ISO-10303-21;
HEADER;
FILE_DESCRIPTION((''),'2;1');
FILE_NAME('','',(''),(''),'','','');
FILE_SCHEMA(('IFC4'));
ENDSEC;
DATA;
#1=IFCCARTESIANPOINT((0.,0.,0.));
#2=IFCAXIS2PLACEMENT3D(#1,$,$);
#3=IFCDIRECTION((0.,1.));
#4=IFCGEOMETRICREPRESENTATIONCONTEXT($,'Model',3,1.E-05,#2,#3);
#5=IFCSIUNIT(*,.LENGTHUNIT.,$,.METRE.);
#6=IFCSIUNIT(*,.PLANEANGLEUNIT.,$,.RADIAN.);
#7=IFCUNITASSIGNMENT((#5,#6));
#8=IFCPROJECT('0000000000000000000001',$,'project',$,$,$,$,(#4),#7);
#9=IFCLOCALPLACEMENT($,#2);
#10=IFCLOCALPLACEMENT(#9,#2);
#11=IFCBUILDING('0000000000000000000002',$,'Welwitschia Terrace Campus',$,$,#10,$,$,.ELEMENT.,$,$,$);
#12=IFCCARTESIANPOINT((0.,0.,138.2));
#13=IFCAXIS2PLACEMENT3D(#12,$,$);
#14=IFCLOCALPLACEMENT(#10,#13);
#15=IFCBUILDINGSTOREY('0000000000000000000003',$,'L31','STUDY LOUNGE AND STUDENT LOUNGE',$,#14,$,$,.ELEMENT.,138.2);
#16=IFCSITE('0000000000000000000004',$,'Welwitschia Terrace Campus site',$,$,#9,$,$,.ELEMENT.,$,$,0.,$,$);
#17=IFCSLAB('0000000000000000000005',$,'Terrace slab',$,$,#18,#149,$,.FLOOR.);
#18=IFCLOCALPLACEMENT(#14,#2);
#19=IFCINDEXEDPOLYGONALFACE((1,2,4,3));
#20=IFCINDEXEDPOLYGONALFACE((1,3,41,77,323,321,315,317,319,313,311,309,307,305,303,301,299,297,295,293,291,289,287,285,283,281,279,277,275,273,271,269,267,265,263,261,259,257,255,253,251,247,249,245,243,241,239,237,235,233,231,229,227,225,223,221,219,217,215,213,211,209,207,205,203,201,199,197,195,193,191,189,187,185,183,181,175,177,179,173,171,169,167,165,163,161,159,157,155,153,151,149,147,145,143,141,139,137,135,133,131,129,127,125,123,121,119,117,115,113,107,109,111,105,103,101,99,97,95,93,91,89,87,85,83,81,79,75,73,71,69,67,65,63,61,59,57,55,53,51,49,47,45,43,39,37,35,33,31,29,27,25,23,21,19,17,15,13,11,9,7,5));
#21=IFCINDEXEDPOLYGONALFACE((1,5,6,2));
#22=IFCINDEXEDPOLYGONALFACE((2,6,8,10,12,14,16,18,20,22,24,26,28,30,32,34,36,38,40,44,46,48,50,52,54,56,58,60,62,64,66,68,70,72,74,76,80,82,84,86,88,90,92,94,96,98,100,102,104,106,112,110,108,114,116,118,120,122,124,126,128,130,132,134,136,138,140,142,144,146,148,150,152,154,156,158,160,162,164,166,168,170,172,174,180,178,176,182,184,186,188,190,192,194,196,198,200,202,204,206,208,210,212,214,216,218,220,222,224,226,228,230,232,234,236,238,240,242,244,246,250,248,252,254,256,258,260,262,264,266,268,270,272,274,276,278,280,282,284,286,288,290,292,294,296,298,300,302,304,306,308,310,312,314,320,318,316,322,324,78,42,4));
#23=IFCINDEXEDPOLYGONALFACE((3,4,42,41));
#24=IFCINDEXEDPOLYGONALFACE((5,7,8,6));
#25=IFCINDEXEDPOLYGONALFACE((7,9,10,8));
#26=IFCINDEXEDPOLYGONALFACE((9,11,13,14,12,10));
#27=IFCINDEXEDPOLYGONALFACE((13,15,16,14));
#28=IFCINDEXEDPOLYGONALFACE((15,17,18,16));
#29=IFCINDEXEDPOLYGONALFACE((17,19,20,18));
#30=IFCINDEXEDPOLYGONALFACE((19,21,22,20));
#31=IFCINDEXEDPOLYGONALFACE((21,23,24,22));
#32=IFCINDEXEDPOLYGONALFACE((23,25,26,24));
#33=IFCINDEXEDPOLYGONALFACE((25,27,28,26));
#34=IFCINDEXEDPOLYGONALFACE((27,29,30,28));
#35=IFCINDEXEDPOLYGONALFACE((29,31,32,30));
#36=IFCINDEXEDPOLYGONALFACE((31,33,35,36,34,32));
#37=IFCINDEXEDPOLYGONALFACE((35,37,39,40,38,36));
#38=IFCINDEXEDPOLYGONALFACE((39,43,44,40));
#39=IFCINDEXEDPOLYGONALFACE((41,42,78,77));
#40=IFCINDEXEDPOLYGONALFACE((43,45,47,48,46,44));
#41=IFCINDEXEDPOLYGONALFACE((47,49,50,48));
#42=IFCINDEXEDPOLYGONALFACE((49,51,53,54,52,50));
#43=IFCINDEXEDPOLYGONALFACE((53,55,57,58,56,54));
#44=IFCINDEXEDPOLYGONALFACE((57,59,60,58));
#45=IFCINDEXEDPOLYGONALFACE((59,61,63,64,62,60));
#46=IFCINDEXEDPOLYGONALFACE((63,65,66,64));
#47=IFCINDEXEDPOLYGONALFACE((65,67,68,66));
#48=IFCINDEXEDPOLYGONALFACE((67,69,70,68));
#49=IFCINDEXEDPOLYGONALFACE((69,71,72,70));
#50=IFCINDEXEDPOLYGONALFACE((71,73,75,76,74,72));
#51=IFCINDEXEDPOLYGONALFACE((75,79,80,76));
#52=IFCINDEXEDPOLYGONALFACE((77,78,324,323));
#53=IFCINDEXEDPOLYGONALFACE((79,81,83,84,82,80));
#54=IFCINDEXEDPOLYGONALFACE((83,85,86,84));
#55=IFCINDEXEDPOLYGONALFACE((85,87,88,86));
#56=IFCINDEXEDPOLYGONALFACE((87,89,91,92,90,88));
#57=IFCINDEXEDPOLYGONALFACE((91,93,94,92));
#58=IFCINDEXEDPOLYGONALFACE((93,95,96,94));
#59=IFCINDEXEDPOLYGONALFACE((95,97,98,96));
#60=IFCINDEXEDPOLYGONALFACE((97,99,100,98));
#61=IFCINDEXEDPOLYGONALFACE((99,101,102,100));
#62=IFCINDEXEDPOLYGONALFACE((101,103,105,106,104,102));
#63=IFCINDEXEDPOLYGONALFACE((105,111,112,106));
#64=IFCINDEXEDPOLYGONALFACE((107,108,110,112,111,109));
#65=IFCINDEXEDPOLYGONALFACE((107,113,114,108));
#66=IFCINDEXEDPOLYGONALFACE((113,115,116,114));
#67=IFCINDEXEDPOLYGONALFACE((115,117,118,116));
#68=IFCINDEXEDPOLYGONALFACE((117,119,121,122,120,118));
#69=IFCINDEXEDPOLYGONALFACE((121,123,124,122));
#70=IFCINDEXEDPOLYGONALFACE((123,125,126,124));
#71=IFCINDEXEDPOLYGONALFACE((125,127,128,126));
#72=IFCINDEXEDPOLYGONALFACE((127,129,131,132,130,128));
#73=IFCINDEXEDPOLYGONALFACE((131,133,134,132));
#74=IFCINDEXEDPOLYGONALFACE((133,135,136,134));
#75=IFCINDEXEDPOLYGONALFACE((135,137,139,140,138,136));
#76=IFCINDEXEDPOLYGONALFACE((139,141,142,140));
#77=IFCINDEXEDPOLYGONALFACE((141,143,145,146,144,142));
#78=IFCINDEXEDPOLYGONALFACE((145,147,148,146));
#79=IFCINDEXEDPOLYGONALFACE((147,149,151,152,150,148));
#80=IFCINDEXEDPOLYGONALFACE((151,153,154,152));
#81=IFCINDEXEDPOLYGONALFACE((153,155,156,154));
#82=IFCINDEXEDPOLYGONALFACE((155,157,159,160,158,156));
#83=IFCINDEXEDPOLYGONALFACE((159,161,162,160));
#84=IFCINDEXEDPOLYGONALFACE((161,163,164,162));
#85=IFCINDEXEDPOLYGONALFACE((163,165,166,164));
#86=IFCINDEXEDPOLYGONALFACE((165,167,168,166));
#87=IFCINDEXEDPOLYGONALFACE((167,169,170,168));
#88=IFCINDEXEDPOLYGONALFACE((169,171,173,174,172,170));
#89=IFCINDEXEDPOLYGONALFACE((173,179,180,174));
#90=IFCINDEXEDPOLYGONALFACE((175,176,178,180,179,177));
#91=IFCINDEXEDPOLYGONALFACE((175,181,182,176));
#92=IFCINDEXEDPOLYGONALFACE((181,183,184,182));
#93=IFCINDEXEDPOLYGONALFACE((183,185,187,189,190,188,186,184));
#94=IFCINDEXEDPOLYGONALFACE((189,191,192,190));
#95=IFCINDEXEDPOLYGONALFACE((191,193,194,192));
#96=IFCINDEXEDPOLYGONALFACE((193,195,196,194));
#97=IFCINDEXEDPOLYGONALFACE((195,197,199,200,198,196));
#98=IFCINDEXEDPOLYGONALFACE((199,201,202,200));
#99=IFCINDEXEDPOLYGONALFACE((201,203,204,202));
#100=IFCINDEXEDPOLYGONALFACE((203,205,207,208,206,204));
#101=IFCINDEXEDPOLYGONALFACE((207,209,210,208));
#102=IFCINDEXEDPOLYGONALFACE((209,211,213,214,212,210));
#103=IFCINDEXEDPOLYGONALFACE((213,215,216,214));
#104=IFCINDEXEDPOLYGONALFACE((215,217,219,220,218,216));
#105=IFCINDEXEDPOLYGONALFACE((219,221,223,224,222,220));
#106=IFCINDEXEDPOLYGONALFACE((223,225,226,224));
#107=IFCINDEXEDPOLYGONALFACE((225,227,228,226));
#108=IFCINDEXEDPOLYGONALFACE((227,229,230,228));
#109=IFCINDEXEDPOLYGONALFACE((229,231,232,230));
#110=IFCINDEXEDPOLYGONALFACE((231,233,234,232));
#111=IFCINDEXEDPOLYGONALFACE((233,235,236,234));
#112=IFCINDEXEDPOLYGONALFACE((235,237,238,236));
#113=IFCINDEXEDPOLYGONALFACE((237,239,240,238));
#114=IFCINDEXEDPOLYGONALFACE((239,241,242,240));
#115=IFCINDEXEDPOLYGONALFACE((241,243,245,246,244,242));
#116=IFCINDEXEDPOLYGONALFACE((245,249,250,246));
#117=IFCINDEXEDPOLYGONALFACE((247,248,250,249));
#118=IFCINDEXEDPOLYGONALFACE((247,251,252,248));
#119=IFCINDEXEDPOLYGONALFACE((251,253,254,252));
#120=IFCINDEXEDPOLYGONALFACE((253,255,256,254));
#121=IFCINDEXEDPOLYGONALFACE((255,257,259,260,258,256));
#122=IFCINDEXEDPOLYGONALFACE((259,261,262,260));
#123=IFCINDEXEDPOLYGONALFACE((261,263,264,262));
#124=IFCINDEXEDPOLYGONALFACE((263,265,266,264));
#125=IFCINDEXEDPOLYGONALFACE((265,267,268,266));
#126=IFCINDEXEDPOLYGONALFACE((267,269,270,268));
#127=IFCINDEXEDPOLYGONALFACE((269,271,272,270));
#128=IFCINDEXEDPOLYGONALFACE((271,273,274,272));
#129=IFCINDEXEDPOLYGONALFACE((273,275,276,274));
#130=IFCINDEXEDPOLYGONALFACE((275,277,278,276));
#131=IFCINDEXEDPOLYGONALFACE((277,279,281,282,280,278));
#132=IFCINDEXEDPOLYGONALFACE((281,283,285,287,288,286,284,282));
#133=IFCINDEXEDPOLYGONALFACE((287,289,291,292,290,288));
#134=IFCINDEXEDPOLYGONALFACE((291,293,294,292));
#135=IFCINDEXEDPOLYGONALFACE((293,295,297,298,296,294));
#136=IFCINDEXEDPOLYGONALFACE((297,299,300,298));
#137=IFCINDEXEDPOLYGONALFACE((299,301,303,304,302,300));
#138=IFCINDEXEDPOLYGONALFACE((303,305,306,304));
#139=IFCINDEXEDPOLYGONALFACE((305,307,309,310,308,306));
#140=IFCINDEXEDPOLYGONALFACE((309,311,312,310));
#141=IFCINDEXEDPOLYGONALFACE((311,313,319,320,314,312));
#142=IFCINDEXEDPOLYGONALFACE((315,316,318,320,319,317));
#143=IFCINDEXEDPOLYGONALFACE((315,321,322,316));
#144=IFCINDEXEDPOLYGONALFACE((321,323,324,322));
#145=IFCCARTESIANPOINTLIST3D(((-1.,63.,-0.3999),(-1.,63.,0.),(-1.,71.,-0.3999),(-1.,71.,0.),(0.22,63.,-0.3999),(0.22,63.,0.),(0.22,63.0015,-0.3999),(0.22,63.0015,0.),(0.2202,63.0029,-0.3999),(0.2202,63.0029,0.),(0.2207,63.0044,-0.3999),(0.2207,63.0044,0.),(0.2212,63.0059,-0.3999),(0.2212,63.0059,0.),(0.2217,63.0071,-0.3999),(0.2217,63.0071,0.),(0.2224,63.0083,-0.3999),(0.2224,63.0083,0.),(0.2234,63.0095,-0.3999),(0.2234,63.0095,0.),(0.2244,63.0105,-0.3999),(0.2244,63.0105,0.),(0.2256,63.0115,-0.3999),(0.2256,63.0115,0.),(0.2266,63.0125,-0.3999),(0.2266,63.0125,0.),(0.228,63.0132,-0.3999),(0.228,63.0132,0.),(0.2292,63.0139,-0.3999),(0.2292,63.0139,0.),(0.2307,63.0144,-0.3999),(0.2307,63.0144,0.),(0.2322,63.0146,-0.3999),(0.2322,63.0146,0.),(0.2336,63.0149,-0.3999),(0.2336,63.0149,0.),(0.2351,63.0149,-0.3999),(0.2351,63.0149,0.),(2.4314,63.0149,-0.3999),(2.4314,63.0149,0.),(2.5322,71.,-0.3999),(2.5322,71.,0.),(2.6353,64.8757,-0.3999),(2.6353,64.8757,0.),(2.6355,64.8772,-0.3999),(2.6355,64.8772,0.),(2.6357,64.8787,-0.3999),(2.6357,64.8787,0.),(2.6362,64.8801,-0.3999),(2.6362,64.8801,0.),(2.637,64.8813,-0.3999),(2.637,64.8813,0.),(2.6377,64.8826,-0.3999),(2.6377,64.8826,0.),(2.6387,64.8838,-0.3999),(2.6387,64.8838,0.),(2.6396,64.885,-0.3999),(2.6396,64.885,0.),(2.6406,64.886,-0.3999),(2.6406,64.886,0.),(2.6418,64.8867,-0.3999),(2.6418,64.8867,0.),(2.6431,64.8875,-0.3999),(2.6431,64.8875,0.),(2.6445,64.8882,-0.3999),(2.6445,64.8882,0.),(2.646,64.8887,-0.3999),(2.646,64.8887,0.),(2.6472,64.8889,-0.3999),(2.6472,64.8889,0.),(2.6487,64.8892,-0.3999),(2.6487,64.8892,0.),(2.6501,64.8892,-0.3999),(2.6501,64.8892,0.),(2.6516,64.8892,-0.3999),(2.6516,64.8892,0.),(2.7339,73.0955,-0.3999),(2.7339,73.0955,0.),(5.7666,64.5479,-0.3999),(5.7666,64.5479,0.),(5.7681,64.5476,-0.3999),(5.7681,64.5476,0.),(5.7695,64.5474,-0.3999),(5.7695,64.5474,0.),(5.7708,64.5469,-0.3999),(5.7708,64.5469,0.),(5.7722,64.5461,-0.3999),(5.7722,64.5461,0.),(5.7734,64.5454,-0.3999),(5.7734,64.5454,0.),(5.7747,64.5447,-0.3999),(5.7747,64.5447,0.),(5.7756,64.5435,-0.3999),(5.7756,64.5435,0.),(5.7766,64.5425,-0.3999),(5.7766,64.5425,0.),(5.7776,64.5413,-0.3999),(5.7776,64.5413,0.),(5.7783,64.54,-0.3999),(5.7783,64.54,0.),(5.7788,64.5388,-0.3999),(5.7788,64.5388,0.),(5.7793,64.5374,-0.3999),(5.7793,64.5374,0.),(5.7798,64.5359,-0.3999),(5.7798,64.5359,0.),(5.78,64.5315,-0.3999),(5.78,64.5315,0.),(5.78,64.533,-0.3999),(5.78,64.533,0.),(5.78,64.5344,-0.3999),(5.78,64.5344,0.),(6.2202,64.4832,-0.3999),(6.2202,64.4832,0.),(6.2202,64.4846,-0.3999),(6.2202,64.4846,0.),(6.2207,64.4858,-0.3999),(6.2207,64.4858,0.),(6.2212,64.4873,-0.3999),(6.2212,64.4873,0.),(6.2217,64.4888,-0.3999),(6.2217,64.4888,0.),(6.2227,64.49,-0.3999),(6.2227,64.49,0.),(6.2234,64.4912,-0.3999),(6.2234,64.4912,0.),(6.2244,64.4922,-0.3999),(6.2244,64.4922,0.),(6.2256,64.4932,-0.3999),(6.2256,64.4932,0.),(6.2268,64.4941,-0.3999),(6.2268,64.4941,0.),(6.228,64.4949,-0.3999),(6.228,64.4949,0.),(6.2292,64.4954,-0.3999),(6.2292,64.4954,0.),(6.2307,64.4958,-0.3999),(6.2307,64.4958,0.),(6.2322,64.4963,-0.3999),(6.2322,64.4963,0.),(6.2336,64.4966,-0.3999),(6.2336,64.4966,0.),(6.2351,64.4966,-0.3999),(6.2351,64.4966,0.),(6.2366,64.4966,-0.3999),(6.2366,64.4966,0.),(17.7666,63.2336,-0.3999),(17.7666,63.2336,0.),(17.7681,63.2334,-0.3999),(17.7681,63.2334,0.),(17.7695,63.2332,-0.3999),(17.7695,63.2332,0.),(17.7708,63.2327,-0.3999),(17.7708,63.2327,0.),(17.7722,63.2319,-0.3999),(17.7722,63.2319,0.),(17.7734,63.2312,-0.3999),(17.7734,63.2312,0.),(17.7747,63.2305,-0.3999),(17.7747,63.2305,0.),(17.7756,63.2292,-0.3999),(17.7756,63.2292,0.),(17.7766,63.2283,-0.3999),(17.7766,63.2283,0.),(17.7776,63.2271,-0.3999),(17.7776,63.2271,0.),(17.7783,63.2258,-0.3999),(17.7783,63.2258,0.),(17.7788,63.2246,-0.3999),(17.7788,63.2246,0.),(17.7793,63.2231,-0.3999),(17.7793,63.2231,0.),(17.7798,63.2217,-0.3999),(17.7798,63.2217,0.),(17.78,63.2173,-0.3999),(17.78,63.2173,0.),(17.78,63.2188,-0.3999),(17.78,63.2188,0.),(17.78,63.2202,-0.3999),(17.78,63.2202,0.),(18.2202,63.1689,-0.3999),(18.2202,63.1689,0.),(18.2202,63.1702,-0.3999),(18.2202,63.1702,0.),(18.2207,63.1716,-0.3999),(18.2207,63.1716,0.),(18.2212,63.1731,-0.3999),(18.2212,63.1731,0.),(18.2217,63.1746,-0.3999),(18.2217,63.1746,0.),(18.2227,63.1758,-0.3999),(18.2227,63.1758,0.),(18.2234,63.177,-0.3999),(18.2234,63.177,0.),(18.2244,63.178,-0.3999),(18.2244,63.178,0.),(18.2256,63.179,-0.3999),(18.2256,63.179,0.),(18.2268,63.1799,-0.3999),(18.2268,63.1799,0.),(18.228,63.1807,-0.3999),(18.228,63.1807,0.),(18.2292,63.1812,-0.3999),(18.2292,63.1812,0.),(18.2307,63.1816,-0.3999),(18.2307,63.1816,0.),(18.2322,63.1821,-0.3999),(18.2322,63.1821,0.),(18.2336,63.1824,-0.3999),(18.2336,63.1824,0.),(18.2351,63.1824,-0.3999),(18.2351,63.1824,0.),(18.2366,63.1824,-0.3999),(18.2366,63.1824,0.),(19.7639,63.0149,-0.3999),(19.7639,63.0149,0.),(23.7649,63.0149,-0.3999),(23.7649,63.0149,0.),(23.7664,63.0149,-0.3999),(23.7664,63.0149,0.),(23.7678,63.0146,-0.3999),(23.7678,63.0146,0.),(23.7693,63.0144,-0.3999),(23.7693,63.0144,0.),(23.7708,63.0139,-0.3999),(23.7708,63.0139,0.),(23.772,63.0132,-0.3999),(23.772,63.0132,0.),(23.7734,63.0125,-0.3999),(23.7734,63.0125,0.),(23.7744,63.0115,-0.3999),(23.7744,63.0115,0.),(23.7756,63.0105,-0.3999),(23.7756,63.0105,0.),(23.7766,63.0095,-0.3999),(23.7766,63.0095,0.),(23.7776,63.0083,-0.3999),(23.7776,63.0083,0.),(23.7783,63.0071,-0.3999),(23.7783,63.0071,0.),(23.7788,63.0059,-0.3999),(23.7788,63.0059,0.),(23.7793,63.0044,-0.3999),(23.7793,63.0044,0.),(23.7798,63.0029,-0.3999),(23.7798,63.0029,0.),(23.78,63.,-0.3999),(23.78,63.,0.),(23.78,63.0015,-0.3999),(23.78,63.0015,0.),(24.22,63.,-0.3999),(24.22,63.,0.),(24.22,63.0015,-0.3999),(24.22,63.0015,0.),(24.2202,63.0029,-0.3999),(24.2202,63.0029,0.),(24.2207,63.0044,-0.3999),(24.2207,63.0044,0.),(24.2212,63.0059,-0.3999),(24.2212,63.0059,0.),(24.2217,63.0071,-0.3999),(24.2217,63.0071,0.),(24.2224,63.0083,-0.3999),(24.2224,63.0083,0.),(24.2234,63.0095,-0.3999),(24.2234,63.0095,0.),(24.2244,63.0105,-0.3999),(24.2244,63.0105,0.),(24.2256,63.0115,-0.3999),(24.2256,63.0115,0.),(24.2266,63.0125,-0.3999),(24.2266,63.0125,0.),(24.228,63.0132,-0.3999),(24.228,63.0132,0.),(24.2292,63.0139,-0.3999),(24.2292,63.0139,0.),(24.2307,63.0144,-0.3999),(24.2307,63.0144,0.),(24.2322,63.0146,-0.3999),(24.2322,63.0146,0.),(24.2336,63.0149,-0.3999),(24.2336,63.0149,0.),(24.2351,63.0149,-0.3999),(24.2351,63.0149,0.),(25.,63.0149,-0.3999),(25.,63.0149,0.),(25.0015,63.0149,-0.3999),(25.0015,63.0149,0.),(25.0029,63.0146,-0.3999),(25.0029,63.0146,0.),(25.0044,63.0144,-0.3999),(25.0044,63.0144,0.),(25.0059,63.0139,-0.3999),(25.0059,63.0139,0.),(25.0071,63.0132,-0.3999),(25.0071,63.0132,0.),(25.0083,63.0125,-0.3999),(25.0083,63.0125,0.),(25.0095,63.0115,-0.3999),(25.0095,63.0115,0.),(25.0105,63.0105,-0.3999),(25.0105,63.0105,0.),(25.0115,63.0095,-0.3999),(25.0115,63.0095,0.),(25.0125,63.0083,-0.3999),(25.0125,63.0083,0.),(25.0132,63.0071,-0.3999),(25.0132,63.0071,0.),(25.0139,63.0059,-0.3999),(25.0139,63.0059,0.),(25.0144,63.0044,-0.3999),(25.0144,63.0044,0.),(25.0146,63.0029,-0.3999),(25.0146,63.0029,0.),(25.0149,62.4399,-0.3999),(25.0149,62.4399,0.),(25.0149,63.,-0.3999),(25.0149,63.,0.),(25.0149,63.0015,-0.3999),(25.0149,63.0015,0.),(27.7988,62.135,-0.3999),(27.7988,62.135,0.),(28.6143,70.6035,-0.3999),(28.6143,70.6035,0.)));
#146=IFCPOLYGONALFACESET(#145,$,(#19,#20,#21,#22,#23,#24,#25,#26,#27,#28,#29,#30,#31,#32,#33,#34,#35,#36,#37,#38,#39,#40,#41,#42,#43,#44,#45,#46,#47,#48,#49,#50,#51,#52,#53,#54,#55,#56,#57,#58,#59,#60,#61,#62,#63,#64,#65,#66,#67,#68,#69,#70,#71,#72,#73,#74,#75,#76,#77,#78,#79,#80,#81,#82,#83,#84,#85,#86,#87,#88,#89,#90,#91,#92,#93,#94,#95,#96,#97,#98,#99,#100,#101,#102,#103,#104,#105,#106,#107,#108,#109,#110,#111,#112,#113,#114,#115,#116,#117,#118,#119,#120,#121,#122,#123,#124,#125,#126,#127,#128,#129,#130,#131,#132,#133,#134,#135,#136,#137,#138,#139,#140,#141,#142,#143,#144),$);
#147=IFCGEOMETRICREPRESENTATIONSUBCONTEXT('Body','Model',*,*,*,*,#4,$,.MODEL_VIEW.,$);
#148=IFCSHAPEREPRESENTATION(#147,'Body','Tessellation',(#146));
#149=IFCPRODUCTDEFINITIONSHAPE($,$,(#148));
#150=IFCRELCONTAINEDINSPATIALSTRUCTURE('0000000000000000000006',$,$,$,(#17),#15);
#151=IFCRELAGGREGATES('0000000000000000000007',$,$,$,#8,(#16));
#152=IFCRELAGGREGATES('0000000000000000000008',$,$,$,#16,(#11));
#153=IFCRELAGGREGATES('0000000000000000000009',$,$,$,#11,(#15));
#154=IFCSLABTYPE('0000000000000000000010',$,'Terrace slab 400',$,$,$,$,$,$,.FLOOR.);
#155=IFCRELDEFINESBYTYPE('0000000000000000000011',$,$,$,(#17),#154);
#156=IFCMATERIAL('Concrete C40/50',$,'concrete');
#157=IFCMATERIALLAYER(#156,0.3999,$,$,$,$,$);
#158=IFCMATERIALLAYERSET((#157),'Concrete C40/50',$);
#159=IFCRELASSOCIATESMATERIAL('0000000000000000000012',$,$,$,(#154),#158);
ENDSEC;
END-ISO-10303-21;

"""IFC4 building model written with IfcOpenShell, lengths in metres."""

from ifc_helpers import new_model, si_unit, direction, frame, origin, place, context, subcontext, project, spatial, polyline, outline, extrude, material, layer, layer_set, type_object, element, save


model = new_model("IFC4")

# Units and contexts
model_context = context("Model", 3, precision=1e-05, world=origin(), true_north=direction((0.0, 1.0)))
body_context = subcontext(model_context, "Body", "Model", "MODEL_VIEW")
ifc_project = project(units=[si_unit("LENGTHUNIT", "METRE"), si_unit("PLANEANGLEUNIT", "RADIAN")], contexts=[model_context])

# Site, building, storey
site_placement = place(None, origin())
site = spatial("IfcSite", under=ifc_project, at=site_placement, Name="Welwitschia Terrace Campus site", CompositionType="ELEMENT", RefElevation=0.0)
building_placement = place(site_placement, origin())
building = spatial("IfcBuilding", under=site, at=building_placement, Name="Welwitschia Terrace Campus", CompositionType="ELEMENT")
storey_placement = place(building_placement, frame((0.0, 0.0, 138.2)))
storey = spatial("IfcBuildingStorey", under=building, at=storey_placement, Name="L31", Description="STUDY LOUNGE AND STUDENT LOUNGE", CompositionType="ELEMENT", Elevation=138.2)

# Slab
ifc_material_1 = material(Name="Concrete C40/50", Category="concrete")
ifc_layer_1 = layer(ifc_material_1, 0.3999)
ifc_layer_set_1 = layer_set([ifc_layer_1], Name="Concrete C40/50")
slab_type_1 = type_object("IfcSlabType", Name="Terrace slab 400", PredefinedType="FLOOR", material=ifc_layer_set_1)
slab_1_placement = place(storey_placement, frame((0.0, 0.0, -0.3999)))
element("IfcSlab", 1, at=slab_1_placement, inside=storey, type_object=slab_type_1, Name="Terrace slab", PredefinedType="FLOOR", context=body_context, shape_type="SweptSolid", body=[
    extrude(outline(polyline([(-1.0, 63.0), (-1.0, 71.0), (2.5322, 71.0), (2.7339, 73.0955), (28.6143, 70.6035), (27.7988, 62.135), (25.0149, 62.4399), (25.0149, 63.0), (25.0149, 63.0015), (25.0146, 63.0029), (25.0144, 63.0044), (25.0139, 63.0059), (25.0132, 63.0071), (25.0125, 63.0083), (25.0115, 63.0095), (25.0105, 63.0105), (25.0095, 63.0115), (25.0083, 63.0125), (25.0071, 63.0132), (25.0059, 63.0139), (25.0044, 63.0144), (25.0029, 63.0146), (25.0015, 63.0149), (25.0, 63.0149), (24.2351, 63.0149), (24.2336, 63.0149), (24.2322, 63.0146), (24.2307, 63.0144), (24.2292, 63.0139), (24.228, 63.0132), (24.2266, 63.0125), (24.2256, 63.0115), (24.2244, 63.0105), (24.2234, 63.0095), (24.2224, 63.0083), (24.2217, 63.0071), (24.2212, 63.0059), (24.2207, 63.0044), (24.2202, 63.0029), (24.22, 63.0015), (24.22, 63.0), (23.78, 63.0), (23.78, 63.0015), (23.7798, 63.0029), (23.7793, 63.0044), (23.7788, 63.0059), (23.7783, 63.0071), (23.7776, 63.0083), (23.7766, 63.0095), (23.7756, 63.0105), (23.7744, 63.0115), (23.7734, 63.0125), (23.772, 63.0132), (23.7708, 63.0139), (23.7693, 63.0144), (23.7678, 63.0146), (23.7664, 63.0149), (23.7649, 63.0149), (19.7639, 63.0149), (18.2366, 63.1824), (18.2351, 63.1824), (18.2336, 63.1824), (18.2322, 63.1821), (18.2307, 63.1816), (18.2292, 63.1812), (18.228, 63.1807), (18.2268, 63.1799), (18.2256, 63.179), (18.2244, 63.178), (18.2234, 63.177), (18.2227, 63.1758), (18.2217, 63.1746), (18.2212, 63.1731), (18.2207, 63.1716), (18.2202, 63.1702), (18.2202, 63.1689), (17.78, 63.2173), (17.78, 63.2188), (17.78, 63.2202), (17.7798, 63.2217), (17.7793, 63.2231), (17.7788, 63.2246), (17.7783, 63.2258), (17.7776, 63.2271), (17.7766, 63.2283), (17.7756, 63.2292), (17.7747, 63.2305), (17.7734, 63.2312), (17.7722, 63.2319), (17.7708, 63.2327), (17.7695, 63.2332), (17.7681, 63.2334), (17.7666, 63.2336), (6.2366, 64.4966), (6.2351, 64.4966), (6.2336, 64.4966), (6.2322, 64.4963), (6.2307, 64.4958), (6.2292, 64.4954), (6.228, 64.4949), (6.2268, 64.4941), (6.2256, 64.4932), (6.2244, 64.4922), (6.2234, 64.4912), (6.2227, 64.49), (6.2217, 64.4888), (6.2212, 64.4873), (6.2207, 64.4858), (6.2202, 64.4846), (6.2202, 64.4832), (5.78, 64.5315), (5.78, 64.533), (5.78, 64.5344), (5.7798, 64.5359), (5.7793, 64.5374), (5.7788, 64.5388), (5.7783, 64.54), (5.7776, 64.5413), (5.7766, 64.5425), (5.7756, 64.5435), (5.7747, 64.5447), (5.7734, 64.5454), (5.7722, 64.5461), (5.7708, 64.5469), (5.7695, 64.5474), (5.7681, 64.5476), (5.7666, 64.5479), (2.6516, 64.8892), (2.6501, 64.8892), (2.6487, 64.8892), (2.6472, 64.8889), (2.646, 64.8887), (2.6445, 64.8882), (2.6431, 64.8875), (2.6418, 64.8867), (2.6406, 64.886), (2.6396, 64.885), (2.6387, 64.8838), (2.6377, 64.8826), (2.637, 64.8813), (2.6362, 64.8801), (2.6357, 64.8787), (2.6355, 64.8772), (2.6353, 64.8757), (2.4314, 63.0149), (0.2351, 63.0149), (0.2336, 63.0149), (0.2322, 63.0146), (0.2307, 63.0144), (0.2292, 63.0139), (0.228, 63.0132), (0.2266, 63.0125), (0.2256, 63.0115), (0.2244, 63.0105), (0.2234, 63.0095), (0.2224, 63.0083), (0.2217, 63.0071), (0.2212, 63.0059), (0.2207, 63.0044), (0.2202, 63.0029), (0.22, 63.0015), (0.22, 63.0), (-1.0, 63.0)])), origin(), (0.0, 0.0, 1.0), 0.3999),
])

save(model, "model.ifc")
